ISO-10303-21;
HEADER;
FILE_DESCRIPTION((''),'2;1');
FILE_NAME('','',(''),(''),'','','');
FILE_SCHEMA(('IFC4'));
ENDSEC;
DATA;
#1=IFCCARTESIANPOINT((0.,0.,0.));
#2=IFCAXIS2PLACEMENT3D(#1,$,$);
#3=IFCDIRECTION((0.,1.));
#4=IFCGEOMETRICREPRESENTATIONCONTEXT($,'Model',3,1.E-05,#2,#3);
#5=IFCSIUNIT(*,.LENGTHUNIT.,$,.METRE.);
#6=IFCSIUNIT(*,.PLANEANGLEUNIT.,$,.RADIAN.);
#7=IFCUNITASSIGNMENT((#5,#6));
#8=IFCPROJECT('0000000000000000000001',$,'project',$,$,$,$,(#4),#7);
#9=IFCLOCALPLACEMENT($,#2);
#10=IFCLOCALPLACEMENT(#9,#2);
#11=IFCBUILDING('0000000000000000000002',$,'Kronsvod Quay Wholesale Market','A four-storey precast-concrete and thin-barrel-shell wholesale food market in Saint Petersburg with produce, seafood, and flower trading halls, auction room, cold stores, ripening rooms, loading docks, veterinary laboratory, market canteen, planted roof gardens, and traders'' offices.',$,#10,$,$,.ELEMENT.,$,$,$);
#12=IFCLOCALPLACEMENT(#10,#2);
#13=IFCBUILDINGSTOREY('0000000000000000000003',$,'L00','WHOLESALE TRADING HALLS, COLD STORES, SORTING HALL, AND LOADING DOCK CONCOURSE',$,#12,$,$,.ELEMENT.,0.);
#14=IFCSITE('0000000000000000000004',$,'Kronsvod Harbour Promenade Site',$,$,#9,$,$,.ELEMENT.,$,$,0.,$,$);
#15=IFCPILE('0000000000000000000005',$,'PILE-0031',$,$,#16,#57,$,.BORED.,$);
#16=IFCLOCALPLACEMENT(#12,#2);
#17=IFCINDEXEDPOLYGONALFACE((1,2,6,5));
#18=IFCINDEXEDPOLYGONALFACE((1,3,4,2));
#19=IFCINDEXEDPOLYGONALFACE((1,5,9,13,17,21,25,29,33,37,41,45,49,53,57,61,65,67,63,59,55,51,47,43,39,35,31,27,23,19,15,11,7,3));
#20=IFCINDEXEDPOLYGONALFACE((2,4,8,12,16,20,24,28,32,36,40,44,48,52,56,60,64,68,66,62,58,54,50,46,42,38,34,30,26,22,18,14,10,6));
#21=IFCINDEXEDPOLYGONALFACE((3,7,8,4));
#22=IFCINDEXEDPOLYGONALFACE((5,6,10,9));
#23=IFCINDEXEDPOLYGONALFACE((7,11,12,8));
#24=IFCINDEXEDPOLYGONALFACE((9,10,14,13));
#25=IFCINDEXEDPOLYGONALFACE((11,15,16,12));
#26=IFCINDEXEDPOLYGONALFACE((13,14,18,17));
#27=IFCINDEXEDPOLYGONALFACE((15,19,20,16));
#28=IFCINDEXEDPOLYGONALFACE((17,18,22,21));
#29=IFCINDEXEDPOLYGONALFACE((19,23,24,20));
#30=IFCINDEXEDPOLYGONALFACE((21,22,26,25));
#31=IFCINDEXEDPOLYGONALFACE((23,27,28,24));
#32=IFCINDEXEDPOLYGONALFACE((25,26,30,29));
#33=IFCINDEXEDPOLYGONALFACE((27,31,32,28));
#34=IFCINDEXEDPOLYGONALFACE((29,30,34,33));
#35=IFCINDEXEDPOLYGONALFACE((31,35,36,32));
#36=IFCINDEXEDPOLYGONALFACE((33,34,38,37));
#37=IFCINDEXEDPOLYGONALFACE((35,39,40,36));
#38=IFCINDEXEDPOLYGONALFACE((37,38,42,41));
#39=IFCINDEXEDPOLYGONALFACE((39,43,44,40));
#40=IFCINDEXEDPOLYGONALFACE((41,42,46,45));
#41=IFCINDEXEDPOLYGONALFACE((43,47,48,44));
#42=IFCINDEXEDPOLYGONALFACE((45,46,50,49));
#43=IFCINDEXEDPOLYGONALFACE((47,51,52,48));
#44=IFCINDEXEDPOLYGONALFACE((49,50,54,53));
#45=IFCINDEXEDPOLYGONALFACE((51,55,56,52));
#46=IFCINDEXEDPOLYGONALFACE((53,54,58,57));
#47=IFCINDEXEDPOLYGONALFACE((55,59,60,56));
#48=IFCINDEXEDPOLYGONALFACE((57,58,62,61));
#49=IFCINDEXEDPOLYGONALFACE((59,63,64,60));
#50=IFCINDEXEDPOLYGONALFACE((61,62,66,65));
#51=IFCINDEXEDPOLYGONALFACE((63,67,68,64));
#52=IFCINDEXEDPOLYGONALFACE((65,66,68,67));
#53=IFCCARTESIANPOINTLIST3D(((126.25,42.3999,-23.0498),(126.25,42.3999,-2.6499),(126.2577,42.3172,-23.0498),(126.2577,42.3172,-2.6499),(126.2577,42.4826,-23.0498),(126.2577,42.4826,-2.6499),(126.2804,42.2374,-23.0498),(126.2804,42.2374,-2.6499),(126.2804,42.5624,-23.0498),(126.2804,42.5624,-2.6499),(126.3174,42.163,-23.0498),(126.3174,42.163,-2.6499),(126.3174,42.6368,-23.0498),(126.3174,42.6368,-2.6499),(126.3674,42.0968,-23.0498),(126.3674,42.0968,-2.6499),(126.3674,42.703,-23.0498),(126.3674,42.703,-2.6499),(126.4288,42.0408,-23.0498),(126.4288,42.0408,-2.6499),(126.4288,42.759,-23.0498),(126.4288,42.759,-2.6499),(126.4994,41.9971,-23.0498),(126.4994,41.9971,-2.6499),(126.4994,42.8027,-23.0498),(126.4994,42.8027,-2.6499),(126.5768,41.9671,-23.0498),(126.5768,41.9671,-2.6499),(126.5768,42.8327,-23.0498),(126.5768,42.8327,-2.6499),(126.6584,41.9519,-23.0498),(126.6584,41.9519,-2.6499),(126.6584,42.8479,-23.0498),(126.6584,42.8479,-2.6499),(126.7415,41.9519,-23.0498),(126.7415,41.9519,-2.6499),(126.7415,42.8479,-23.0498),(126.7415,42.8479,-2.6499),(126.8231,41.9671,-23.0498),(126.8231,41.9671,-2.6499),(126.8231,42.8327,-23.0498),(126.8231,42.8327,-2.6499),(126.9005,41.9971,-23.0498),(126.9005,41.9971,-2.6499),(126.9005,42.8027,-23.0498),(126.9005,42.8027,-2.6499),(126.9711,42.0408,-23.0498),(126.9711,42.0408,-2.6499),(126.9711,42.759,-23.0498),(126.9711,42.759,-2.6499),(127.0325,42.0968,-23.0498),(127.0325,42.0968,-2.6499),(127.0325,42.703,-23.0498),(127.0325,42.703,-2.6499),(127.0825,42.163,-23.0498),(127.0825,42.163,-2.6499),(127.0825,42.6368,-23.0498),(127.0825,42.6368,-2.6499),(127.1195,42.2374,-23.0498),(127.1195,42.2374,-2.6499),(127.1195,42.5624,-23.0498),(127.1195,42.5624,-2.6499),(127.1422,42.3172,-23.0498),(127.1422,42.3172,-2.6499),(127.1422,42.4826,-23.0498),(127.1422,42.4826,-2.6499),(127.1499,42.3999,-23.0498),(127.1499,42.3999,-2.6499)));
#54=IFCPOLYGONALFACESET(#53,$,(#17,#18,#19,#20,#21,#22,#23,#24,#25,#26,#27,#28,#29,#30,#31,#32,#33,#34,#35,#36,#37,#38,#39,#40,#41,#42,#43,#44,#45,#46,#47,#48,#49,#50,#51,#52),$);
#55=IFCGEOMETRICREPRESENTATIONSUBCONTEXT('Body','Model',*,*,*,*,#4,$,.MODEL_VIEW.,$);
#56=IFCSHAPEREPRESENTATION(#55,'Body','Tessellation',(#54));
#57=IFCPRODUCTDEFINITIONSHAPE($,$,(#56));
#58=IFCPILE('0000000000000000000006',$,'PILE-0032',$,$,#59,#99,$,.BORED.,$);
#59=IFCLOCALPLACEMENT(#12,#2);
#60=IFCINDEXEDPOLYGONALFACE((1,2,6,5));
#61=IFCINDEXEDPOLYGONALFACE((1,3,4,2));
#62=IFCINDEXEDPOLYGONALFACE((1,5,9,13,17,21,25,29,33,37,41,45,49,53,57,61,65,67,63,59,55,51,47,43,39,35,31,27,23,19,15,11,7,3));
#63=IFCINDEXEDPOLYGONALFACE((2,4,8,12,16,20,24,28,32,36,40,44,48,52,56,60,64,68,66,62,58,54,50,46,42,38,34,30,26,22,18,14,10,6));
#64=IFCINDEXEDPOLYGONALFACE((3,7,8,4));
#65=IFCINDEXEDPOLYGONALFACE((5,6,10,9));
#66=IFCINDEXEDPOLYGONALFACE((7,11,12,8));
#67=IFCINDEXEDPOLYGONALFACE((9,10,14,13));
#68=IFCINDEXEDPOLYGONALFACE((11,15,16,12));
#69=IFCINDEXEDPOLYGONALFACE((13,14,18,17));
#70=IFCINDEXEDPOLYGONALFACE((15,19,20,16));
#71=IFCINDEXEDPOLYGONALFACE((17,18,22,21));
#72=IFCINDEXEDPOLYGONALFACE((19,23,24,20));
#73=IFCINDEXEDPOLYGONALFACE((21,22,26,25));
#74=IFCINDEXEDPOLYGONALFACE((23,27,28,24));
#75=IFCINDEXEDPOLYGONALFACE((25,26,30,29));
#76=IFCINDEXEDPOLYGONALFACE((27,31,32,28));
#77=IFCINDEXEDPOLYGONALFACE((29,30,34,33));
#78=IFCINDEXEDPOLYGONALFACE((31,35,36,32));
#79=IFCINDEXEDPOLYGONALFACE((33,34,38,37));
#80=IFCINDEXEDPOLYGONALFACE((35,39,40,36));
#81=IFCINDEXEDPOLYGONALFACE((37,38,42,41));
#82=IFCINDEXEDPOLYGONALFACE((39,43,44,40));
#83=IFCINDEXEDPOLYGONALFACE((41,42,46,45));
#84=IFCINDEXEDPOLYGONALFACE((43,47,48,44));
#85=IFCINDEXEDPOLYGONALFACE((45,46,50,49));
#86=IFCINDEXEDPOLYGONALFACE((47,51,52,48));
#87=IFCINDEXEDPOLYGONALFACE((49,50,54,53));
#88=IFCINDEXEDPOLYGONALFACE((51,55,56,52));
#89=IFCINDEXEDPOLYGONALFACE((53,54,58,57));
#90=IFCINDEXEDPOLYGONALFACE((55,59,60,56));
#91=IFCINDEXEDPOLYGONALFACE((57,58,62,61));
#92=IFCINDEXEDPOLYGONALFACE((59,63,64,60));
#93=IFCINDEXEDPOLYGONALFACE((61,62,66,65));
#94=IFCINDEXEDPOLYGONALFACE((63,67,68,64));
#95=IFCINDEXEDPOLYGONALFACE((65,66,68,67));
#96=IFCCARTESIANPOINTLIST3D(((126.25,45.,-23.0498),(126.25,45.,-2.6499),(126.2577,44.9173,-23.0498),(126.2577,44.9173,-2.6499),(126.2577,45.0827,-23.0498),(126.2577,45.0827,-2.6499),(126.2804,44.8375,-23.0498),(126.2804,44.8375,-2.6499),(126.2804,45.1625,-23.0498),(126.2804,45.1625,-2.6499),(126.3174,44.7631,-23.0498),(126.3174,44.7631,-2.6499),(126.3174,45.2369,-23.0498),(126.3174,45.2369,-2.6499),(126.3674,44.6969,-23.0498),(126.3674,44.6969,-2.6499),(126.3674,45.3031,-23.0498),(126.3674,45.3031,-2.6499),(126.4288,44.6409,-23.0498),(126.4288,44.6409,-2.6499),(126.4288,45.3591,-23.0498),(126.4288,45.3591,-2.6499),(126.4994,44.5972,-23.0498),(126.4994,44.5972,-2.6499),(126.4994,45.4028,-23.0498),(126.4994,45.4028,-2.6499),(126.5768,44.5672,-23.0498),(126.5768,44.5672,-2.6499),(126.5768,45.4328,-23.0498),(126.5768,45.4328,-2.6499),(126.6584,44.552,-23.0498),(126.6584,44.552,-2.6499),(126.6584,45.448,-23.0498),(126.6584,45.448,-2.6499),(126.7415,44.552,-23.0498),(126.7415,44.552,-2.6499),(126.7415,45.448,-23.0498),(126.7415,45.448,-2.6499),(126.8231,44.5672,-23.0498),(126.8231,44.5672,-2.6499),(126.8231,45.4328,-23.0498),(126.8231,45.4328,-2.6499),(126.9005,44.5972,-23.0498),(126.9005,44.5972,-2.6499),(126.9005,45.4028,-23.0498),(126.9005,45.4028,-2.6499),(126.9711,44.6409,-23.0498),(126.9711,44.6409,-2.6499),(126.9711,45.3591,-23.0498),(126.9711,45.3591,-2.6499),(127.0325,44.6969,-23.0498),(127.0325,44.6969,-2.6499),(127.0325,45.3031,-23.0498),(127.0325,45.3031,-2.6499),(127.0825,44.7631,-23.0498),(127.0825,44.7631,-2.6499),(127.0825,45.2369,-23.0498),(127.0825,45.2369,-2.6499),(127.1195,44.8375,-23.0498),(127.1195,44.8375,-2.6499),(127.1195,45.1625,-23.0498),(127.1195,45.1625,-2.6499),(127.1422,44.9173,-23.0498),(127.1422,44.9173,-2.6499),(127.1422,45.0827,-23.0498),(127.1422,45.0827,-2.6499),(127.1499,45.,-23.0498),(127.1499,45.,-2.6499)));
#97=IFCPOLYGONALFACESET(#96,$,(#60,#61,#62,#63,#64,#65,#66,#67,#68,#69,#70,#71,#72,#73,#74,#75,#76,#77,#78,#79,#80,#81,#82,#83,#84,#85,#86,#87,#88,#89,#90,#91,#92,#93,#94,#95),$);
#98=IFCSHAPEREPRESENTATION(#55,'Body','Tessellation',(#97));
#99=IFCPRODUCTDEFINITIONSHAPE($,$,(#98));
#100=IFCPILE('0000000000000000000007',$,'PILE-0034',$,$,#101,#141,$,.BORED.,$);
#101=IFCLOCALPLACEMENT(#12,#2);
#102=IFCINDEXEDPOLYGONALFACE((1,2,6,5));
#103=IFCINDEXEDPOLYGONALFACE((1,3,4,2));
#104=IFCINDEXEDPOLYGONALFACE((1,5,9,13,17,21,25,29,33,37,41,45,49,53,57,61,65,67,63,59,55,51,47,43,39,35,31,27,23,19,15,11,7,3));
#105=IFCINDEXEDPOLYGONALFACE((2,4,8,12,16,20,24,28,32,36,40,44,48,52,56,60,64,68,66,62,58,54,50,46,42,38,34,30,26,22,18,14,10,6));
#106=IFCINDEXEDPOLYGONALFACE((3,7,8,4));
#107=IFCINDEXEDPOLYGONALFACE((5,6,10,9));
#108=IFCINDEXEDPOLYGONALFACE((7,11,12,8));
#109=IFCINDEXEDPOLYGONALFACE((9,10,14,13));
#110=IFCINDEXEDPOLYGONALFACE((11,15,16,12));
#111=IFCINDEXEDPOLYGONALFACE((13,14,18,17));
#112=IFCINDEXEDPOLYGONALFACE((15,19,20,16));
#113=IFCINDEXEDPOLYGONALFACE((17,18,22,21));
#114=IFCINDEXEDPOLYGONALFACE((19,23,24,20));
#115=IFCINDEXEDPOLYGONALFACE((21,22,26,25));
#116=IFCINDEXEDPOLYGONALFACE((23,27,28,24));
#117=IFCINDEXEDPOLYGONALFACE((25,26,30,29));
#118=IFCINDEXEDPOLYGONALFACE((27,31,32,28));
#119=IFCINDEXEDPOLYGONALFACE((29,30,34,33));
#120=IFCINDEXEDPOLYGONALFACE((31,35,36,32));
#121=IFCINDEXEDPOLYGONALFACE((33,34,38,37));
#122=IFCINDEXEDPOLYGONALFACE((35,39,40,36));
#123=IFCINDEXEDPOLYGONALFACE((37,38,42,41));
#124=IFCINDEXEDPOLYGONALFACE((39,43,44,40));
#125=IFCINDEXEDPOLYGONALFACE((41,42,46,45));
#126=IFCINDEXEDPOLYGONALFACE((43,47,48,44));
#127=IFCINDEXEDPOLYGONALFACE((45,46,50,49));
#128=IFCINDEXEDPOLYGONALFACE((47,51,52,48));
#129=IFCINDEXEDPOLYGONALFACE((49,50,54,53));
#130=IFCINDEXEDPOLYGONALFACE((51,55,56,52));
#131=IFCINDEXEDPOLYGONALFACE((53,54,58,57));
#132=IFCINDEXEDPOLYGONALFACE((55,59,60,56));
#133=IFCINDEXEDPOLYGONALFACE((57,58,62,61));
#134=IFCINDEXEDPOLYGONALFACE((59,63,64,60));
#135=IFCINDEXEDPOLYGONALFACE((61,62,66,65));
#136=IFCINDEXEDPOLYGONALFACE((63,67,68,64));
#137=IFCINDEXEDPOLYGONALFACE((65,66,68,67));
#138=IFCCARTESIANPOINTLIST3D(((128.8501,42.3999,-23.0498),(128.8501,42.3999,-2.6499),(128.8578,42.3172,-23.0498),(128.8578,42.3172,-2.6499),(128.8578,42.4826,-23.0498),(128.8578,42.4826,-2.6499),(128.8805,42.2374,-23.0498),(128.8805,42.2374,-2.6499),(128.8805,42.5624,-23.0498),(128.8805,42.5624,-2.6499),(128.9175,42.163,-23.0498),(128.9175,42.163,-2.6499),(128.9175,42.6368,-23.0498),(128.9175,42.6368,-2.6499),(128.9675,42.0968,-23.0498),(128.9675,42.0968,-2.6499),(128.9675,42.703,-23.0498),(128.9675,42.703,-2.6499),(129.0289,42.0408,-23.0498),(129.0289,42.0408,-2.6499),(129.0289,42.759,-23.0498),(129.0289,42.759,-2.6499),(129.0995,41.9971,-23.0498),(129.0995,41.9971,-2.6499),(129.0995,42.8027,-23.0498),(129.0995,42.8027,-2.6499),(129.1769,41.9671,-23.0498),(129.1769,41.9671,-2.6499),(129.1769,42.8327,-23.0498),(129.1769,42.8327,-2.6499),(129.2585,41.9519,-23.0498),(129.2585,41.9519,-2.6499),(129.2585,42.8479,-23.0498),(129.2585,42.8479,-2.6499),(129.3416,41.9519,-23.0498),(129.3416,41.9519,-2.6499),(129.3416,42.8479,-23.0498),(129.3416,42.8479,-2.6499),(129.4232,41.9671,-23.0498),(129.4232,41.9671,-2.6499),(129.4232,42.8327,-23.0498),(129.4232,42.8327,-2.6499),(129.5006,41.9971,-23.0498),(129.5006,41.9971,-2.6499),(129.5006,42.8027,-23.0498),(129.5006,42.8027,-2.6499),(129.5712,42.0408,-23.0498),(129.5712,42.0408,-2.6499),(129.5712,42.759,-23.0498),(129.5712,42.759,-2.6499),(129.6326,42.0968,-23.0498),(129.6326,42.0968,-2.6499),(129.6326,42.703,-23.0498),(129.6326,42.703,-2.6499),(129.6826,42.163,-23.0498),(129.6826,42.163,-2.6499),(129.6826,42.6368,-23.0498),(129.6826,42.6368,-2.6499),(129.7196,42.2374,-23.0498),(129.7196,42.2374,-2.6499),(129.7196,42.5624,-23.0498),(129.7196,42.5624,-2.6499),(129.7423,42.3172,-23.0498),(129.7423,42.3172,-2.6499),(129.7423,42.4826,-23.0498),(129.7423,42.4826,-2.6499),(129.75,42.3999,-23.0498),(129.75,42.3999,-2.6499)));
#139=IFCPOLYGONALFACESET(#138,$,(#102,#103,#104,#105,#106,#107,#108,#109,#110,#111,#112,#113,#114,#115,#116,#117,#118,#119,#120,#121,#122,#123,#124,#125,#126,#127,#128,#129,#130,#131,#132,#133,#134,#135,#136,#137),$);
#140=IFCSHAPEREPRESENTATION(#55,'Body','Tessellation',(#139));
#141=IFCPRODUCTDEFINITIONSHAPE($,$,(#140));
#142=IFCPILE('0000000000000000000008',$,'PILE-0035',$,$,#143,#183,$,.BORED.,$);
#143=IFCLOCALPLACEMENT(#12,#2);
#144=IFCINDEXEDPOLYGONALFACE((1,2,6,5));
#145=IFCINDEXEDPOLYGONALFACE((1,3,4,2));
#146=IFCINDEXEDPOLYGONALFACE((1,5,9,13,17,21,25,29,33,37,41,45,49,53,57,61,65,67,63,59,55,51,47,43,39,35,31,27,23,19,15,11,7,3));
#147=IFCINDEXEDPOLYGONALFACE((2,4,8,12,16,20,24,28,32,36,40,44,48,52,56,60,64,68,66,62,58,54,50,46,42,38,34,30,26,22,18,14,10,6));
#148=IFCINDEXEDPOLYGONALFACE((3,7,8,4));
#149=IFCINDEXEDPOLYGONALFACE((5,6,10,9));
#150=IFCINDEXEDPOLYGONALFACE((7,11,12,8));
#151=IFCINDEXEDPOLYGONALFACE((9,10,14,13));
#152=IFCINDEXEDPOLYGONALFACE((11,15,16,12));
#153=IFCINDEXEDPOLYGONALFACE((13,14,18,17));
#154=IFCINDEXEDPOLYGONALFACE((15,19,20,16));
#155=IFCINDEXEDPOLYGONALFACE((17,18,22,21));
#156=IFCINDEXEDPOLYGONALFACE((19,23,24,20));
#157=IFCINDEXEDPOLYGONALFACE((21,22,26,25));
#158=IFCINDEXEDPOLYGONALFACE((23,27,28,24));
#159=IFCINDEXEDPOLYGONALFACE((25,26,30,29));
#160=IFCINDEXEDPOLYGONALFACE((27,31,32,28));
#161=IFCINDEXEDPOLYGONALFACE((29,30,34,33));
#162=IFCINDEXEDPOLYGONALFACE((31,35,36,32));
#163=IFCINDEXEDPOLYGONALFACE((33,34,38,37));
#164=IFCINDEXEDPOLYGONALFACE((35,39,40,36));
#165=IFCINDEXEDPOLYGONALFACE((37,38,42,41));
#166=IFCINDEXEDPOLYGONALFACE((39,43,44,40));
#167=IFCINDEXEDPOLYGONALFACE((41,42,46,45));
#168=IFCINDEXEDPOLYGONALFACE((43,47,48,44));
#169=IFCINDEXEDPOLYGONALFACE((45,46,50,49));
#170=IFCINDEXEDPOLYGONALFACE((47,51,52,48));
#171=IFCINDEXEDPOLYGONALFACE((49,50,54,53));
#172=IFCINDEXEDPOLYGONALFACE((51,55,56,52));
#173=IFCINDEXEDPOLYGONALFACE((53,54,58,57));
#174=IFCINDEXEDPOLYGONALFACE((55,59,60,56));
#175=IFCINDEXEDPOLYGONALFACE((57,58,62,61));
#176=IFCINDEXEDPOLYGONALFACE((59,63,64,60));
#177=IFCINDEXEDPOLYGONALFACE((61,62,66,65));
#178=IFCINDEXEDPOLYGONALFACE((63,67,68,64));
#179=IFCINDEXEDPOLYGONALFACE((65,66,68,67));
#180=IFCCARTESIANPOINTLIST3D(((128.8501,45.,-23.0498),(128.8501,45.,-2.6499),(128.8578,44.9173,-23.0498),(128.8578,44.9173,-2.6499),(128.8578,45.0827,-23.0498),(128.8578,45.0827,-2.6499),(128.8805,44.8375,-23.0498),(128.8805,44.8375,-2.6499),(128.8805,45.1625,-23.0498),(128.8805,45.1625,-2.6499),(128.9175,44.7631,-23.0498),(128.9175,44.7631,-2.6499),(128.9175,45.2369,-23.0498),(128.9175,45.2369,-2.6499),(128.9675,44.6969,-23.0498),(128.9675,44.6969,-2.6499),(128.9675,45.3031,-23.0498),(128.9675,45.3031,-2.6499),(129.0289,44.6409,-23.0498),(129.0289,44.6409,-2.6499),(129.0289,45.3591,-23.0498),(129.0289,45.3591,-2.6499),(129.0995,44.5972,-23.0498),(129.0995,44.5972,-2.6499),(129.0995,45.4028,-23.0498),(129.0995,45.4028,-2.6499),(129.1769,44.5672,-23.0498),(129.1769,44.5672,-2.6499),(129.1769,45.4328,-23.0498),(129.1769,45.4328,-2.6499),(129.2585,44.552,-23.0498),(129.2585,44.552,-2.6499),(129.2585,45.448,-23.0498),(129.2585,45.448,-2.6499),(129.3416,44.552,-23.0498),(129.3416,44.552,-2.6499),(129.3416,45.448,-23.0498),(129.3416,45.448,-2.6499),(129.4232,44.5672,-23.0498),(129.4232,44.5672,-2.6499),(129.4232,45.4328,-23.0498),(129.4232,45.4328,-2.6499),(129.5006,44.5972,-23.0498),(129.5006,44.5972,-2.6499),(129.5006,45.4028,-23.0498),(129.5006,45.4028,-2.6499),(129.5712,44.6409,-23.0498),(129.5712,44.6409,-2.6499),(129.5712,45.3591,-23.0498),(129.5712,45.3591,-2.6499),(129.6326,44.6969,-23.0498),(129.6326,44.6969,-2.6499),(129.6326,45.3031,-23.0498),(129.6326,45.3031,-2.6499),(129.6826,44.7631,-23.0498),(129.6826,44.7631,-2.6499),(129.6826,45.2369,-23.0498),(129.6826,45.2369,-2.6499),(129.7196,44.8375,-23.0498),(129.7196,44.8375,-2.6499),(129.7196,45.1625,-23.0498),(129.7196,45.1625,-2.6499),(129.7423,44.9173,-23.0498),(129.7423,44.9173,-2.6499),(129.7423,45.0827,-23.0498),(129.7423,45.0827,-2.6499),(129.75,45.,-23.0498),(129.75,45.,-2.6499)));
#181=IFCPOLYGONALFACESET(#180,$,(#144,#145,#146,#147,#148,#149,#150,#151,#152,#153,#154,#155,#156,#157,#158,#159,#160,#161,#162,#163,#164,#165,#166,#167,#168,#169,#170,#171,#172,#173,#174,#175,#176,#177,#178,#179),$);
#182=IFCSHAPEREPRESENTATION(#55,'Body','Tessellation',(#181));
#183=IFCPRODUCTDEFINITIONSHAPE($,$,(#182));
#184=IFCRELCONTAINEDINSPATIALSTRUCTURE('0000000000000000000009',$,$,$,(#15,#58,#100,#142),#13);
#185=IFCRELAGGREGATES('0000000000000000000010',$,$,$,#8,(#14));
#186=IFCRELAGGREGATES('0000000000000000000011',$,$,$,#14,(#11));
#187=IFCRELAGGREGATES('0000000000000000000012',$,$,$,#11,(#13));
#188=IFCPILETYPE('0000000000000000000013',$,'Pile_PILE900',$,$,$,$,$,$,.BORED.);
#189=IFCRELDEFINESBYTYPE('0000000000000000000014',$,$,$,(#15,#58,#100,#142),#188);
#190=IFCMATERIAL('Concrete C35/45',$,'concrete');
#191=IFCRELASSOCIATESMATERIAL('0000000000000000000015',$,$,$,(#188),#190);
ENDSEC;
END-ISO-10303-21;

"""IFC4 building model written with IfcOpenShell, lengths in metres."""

from ifc_helpers import new_model, si_unit, direction, frame, origin, origin_2d, place, context, subcontext, project, spatial, circle, extrude, material, material_profile, profile_set, type_object, element, save


model = new_model("IFC4")

# Units and contexts
model_context = context("Model", 3, precision=1e-05, world=origin(), true_north=direction((0.0, 1.0)))
body_context = subcontext(model_context, "Body", "Model", "MODEL_VIEW")
ifc_project = project(units=[si_unit("LENGTHUNIT", "METRE"), si_unit("PLANEANGLEUNIT", "RADIAN")], contexts=[model_context])

# Site, building, storey
site_placement = place(None, origin())
site = spatial("IfcSite", under=ifc_project, at=site_placement, Name="Kronsvod Harbour Promenade Site", CompositionType="ELEMENT", RefElevation=0.0)
building_placement = place(site_placement, origin())
building = spatial("IfcBuilding", under=site, at=building_placement, Name="Kronsvod Quay Wholesale Market", Description="A four-storey precast-concrete and thin-barrel-shell wholesale food market in Saint Petersburg with produce, seafood, and flower trading halls, auction room, cold stores, ripening rooms, loading docks, veterinary laboratory, market canteen, planted roof gardens, and traders' offices.", CompositionType="ELEMENT")
storey_placement = place(building_placement, origin())
storey = spatial("IfcBuildingStorey", under=building, at=storey_placement, Name="L00", Description="WHOLESALE TRADING HALLS, COLD STORES, SORTING HALL, AND LOADING DOCK CONCOURSE", CompositionType="ELEMENT", Elevation=0.0)

# Piles
ifc_material_1 = material(Name="Concrete C35/45", Category="concrete")
ifc_material_profile_1 = material_profile(ifc_material_1, circle(Radius=0.45, at=origin_2d()), Name="PILE900")
ifc_profile_set_1 = profile_set([ifc_material_profile_1], Name="Concrete C35/45")
pile_type = type_object("IfcPileType", Name="Pile_PILE900", PredefinedType="BORED", material=ifc_profile_set_1)
for number, where, z_axis, x_axis, name in (
    (1, (126.7, 42.3999, -2.6499), (0.0, 0.0, -1.0), (1.0, 0.0, 0.0), "PILE-0031"),
    (2, (126.7, 45.0, -2.6499), (0.0, 0.0, -1.0), (1.0, 0.0, 0.0), "PILE-0032"),
    (3, (129.3, 42.3999, -2.6499), (0.0, 0.0, -1.0), (1.0, 0.0, 0.0), "PILE-0034"),
    (4, (129.3, 45.0, -2.6499), (0.0, 0.0, -1.0), (1.0, 0.0, 0.0), "PILE-0035"),
):
    element("IfcPile", number, at=place(storey_placement, frame(where, z_axis=z_axis, x_axis=x_axis)), inside=storey, type_object=pile_type, Name=name, PredefinedType="BORED", context=body_context, shape_type="SweptSolid", body=[
        extrude(circle(Radius=0.45, at=origin_2d()), origin(), (0.0, 0.0, 1.0), 20.3999),
    ])

save(model, "model.ifc")
